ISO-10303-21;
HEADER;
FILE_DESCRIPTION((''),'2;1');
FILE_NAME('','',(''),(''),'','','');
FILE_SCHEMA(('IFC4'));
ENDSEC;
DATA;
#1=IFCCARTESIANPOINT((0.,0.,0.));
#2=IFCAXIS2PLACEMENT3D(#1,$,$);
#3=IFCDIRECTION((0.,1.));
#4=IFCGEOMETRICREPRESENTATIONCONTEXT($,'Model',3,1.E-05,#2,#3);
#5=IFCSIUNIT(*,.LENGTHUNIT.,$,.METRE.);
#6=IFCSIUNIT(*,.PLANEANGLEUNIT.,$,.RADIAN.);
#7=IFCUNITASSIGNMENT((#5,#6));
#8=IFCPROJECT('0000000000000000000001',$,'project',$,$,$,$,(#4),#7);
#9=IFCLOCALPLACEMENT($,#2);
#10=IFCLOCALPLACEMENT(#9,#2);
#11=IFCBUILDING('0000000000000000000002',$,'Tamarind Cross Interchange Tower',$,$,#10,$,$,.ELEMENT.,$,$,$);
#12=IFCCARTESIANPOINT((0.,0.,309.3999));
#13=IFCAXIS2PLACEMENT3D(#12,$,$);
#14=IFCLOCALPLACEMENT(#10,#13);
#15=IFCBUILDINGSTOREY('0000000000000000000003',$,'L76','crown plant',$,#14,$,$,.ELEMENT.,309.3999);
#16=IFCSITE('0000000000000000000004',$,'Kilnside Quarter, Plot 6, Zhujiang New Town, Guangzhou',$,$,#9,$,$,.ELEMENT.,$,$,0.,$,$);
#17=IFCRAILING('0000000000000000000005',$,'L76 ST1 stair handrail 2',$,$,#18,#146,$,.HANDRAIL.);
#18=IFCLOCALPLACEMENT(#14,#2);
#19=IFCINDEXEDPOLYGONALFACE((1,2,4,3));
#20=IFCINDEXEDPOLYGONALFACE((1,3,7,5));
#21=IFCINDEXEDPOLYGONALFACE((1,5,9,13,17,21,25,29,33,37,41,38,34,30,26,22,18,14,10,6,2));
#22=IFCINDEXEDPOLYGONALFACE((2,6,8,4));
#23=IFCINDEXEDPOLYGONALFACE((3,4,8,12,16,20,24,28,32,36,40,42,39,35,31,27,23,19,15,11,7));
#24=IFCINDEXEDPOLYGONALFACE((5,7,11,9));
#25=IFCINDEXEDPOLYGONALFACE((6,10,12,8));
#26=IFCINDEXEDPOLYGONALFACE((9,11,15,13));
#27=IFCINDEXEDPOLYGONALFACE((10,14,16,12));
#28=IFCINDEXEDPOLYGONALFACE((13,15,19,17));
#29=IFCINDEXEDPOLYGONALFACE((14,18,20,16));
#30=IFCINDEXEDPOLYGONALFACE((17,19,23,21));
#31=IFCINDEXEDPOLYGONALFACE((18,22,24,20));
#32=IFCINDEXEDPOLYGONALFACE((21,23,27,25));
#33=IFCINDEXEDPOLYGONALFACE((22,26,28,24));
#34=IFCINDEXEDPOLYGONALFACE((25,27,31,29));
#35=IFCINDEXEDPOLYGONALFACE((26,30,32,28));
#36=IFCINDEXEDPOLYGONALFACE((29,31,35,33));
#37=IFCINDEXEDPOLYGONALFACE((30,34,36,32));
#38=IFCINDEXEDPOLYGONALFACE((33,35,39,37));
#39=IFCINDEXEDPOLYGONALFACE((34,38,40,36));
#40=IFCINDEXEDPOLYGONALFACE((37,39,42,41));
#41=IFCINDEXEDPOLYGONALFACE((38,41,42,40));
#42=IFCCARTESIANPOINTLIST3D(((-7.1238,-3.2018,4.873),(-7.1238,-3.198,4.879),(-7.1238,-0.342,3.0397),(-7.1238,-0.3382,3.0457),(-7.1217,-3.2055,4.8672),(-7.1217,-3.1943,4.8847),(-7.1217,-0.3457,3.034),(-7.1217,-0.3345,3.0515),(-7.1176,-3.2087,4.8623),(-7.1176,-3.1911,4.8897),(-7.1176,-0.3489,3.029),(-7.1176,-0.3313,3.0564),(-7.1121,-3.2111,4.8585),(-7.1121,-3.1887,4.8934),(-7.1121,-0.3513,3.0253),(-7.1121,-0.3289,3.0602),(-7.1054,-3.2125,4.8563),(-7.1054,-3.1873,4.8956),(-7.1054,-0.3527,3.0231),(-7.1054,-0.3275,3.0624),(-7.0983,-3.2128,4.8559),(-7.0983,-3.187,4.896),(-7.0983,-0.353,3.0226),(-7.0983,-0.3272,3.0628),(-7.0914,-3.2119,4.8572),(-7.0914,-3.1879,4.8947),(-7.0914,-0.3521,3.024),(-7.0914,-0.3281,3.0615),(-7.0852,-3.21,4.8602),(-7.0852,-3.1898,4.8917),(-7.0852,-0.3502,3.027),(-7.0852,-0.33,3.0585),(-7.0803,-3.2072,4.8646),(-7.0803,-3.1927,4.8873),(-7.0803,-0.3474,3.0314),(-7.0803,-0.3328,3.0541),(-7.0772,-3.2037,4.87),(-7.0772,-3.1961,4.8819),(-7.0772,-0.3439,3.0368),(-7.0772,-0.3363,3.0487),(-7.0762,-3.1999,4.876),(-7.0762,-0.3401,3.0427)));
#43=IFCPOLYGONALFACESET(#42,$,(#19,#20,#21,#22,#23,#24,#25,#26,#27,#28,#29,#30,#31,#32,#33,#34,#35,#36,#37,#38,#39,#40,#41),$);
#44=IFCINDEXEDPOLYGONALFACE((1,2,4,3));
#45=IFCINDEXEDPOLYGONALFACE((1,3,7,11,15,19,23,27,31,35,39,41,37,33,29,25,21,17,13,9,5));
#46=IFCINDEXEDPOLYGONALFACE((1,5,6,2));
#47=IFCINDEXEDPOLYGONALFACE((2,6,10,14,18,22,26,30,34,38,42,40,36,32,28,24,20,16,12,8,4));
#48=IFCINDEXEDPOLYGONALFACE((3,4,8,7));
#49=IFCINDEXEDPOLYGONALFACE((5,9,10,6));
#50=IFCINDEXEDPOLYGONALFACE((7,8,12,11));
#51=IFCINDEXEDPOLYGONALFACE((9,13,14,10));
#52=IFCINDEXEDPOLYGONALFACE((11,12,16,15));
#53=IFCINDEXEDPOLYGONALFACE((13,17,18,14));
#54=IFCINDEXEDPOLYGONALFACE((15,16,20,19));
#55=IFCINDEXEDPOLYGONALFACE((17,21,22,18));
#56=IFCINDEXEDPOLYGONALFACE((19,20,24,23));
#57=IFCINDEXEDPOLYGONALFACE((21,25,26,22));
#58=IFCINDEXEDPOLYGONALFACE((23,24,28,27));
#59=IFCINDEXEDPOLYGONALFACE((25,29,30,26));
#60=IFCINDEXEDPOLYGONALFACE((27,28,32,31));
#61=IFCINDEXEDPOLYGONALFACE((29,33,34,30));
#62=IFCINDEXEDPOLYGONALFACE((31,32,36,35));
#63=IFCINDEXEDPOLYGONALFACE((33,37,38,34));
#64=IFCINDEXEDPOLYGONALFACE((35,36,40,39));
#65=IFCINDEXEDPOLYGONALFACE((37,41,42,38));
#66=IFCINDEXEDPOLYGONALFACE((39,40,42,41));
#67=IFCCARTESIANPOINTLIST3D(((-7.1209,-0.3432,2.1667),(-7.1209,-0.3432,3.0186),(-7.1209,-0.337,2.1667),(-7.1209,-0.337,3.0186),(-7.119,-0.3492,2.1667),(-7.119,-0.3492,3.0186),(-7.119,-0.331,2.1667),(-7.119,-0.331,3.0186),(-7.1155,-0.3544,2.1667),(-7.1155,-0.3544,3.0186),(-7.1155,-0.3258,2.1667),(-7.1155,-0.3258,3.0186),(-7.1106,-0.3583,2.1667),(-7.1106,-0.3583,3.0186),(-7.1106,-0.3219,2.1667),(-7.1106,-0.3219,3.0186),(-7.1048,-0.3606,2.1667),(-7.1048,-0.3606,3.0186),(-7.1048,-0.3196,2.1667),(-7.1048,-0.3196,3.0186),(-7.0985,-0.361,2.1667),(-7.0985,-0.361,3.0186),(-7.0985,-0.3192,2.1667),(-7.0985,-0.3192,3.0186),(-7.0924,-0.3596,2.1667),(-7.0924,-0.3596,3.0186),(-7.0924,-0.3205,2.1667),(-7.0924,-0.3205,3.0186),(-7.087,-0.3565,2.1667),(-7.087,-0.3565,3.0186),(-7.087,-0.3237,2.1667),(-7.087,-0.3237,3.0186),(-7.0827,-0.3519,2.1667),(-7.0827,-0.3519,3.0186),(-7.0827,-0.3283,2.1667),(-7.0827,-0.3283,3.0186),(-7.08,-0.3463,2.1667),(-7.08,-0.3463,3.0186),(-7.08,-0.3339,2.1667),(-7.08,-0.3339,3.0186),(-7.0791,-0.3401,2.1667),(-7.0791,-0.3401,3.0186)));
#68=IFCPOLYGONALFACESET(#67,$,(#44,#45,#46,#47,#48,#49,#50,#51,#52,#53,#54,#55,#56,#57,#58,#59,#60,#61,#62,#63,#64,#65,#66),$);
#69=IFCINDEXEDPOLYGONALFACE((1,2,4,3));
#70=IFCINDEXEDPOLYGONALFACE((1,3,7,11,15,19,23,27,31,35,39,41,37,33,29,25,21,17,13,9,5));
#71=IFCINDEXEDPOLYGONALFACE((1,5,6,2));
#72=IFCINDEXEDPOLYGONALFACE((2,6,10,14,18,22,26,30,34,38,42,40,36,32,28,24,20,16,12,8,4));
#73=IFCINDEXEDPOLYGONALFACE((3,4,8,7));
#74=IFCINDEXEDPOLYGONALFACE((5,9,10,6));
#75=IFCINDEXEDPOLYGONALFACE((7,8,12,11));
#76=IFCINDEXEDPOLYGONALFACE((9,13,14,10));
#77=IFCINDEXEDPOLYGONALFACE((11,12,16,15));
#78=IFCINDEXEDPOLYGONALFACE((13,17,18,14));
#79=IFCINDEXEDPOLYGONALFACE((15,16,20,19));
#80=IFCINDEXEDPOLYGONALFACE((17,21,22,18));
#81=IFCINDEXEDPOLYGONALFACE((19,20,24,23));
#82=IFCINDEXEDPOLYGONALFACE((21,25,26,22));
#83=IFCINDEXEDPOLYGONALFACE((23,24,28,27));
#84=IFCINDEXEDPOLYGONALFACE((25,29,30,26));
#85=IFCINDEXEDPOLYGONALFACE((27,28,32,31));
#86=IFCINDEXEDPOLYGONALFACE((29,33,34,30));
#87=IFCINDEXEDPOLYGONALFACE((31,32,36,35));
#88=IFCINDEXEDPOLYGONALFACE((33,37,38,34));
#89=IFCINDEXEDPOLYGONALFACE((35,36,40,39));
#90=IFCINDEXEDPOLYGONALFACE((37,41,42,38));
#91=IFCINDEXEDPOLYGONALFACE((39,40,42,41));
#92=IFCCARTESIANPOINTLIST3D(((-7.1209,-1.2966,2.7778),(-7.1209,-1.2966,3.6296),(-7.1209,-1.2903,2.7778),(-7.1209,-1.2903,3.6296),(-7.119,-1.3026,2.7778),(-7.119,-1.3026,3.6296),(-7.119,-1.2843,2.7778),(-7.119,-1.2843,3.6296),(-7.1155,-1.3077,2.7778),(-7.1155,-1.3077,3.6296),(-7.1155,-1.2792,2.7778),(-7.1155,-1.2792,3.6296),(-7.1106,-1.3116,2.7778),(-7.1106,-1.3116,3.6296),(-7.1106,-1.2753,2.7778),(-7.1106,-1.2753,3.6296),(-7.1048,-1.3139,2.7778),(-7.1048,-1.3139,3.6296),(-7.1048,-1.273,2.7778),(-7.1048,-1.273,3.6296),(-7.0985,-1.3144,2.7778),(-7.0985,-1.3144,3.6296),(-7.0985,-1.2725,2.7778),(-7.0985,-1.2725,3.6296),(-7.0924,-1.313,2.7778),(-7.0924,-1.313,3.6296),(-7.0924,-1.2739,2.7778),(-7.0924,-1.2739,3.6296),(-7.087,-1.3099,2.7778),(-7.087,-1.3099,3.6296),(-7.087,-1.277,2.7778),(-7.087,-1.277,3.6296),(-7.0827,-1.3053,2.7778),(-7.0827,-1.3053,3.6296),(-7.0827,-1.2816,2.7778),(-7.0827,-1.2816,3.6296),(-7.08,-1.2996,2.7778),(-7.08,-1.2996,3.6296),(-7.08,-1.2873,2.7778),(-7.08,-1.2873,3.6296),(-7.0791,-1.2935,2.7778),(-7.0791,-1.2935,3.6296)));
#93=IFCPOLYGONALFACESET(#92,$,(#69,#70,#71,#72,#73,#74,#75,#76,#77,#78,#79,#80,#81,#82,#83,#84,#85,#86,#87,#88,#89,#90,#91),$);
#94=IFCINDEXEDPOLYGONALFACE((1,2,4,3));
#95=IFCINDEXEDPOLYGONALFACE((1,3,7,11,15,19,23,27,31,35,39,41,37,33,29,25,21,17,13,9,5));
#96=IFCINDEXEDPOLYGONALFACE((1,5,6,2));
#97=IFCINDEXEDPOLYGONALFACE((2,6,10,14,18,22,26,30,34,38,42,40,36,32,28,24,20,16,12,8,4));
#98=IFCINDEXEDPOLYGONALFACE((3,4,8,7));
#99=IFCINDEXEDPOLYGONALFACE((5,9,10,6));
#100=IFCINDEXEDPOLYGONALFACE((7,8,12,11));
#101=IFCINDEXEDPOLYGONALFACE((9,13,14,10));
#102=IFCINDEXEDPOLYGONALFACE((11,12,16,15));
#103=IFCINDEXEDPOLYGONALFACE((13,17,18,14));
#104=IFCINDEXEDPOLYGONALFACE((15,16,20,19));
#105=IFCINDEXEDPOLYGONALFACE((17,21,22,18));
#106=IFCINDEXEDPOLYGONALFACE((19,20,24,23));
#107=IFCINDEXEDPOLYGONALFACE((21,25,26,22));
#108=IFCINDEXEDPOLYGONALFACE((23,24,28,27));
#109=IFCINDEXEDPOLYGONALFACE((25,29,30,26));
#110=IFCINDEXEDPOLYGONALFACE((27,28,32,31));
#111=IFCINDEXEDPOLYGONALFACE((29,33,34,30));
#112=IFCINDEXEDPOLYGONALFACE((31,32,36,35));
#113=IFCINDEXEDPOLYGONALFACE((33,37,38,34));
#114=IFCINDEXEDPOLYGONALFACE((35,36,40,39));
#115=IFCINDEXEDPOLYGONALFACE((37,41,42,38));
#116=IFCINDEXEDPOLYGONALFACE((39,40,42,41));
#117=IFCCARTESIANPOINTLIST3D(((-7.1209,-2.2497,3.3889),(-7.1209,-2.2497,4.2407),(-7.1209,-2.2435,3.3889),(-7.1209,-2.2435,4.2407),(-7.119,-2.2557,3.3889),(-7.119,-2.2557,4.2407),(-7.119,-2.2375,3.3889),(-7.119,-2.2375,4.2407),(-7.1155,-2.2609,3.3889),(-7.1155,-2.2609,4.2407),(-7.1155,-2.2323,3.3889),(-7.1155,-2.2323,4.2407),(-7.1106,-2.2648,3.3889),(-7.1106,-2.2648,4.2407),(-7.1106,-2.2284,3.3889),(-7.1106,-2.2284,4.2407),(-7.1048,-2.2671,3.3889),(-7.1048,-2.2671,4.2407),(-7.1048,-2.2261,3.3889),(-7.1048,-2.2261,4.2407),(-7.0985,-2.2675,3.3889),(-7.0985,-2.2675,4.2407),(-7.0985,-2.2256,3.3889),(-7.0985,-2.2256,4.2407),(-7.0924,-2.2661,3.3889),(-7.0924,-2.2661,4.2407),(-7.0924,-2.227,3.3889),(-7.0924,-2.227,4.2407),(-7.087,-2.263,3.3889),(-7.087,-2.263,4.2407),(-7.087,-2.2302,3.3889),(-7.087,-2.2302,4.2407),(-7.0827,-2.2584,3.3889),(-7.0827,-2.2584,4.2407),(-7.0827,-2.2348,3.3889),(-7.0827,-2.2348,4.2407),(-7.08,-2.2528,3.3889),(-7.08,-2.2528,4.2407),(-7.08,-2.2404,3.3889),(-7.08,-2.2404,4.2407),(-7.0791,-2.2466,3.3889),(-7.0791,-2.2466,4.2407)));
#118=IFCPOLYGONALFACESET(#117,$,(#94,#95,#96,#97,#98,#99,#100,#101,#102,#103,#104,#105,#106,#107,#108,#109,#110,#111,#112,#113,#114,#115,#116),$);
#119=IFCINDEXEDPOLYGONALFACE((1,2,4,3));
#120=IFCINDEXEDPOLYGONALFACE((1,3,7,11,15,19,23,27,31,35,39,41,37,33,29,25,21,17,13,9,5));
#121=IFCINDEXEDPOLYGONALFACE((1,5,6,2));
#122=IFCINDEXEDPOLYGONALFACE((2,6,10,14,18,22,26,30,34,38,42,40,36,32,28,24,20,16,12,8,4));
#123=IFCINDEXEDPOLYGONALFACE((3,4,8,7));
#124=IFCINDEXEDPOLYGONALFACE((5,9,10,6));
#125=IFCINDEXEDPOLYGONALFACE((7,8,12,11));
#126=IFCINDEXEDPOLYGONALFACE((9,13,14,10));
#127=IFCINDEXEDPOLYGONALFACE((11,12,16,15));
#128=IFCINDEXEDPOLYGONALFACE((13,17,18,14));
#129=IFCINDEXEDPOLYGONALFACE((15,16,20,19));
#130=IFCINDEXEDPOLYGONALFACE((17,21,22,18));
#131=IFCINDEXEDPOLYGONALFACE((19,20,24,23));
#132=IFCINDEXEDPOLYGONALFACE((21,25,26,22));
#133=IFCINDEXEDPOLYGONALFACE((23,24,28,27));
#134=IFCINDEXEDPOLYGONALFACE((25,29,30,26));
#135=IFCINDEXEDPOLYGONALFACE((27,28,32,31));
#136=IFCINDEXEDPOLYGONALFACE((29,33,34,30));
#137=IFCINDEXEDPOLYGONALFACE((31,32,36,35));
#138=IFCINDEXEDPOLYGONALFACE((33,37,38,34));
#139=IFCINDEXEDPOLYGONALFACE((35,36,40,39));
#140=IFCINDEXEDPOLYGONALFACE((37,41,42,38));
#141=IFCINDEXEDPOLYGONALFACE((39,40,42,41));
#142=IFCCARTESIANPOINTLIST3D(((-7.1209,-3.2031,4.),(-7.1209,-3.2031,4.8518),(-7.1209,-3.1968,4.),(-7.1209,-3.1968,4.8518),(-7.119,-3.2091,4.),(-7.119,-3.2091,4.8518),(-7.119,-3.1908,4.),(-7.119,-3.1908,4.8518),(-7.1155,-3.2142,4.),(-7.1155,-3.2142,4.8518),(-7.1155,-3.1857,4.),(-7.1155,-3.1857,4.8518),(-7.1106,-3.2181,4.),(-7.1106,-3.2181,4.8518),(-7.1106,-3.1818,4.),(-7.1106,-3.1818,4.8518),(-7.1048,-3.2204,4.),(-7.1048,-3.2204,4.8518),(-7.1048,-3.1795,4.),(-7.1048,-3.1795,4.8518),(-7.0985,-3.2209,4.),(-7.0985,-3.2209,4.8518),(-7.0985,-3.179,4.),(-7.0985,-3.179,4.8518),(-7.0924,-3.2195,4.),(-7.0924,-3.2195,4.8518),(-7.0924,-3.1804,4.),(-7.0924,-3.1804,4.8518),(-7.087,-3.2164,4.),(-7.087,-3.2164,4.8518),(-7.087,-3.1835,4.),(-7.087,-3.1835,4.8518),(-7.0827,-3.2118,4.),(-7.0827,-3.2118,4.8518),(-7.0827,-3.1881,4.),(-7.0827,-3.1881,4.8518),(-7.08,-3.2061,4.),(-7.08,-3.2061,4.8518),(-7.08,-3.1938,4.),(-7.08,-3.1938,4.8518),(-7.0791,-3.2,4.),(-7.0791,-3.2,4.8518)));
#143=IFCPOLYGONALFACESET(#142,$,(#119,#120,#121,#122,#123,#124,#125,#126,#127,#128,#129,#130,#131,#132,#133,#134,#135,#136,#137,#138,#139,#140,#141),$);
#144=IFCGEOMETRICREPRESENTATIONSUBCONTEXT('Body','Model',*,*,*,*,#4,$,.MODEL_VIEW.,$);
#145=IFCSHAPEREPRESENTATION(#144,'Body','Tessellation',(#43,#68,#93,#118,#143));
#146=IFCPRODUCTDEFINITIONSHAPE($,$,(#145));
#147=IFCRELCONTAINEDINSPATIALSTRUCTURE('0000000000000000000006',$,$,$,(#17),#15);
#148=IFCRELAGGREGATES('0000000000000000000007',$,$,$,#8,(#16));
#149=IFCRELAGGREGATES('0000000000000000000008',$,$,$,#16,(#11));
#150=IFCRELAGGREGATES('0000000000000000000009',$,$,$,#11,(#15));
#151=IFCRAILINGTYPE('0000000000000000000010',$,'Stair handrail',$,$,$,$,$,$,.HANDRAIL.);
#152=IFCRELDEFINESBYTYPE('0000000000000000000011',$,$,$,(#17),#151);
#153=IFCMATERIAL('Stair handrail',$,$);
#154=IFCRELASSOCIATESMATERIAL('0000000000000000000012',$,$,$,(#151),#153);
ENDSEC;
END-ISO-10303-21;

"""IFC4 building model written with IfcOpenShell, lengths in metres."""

from ifc_helpers import new_model, si_unit, direction, frame, origin, origin_2d, place, context, subcontext, project, spatial, circle, extrude, material, type_object, element, save


model = new_model("IFC4")

# Units and contexts
model_context = context("Model", 3, precision=1e-05, world=origin(), true_north=direction((0.0, 1.0)))
body_context = subcontext(model_context, "Body", "Model", "MODEL_VIEW")
ifc_project = project(units=[si_unit("LENGTHUNIT", "METRE"), si_unit("PLANEANGLEUNIT", "RADIAN")], contexts=[model_context])

# Site, building, storey
site_placement = place(None, origin())
site = spatial("IfcSite", under=ifc_project, at=site_placement, Name="Kilnside Quarter, Plot 6, Zhujiang New Town, Guangzhou", CompositionType="ELEMENT", RefElevation=0.0)
building_placement = place(site_placement, origin())
building = spatial("IfcBuilding", under=site, at=building_placement, Name="Tamarind Cross Interchange Tower", CompositionType="ELEMENT")
storey_placement = place(building_placement, frame((0.0, 0.0, 309.3999)))
storey = spatial("IfcBuildingStorey", under=building, at=storey_placement, Name="L76", Description="crown plant", CompositionType="ELEMENT", Elevation=309.3999)

# Railing
ifc_material_1 = material(Name="Stair handrail")
railing_type_1 = type_object("IfcRailingType", Name="Stair handrail", PredefinedType="HANDRAIL", material=ifc_material_1)
railing_1_placement = place(storey_placement, frame((-7.1001, -0.3401, 2.1667)))
element("IfcRailing", 1, at=railing_1_placement, inside=storey, type_object=railing_type_1, Name="L76 ST1 stair handrail 2", PredefinedType="HANDRAIL", context=body_context, shape_type="SweptSolid", body=[
    extrude(circle(Radius=0.0239, at=origin_2d()), frame((0.0, 0.0, 0.876), z_axis=(0.0, -0.841878, 0.539667), x_axis=(1.0, 0.0, 0.0)), (0.0, 0.0, 1.0), 3.397),
    extrude(circle(Radius=0.021, at=origin_2d()), origin(), (0.0, 0.0, 1.0), 0.8518),
    extrude(circle(Radius=0.021, at=origin_2d()), frame((0.0, -0.9534, 0.6111)), (0.0, 0.0, 1.0), 0.8518),
    extrude(circle(Radius=0.021, at=origin_2d()), frame((0.0, -1.9065, 1.2222)), (0.0, 0.0, 1.0), 0.8518),
    extrude(circle(Radius=0.021, at=origin_2d()), frame((0.0, -2.8599, 1.8333)), (0.0, 0.0, 1.0), 0.8518),
])

save(model, "model.ifc")
